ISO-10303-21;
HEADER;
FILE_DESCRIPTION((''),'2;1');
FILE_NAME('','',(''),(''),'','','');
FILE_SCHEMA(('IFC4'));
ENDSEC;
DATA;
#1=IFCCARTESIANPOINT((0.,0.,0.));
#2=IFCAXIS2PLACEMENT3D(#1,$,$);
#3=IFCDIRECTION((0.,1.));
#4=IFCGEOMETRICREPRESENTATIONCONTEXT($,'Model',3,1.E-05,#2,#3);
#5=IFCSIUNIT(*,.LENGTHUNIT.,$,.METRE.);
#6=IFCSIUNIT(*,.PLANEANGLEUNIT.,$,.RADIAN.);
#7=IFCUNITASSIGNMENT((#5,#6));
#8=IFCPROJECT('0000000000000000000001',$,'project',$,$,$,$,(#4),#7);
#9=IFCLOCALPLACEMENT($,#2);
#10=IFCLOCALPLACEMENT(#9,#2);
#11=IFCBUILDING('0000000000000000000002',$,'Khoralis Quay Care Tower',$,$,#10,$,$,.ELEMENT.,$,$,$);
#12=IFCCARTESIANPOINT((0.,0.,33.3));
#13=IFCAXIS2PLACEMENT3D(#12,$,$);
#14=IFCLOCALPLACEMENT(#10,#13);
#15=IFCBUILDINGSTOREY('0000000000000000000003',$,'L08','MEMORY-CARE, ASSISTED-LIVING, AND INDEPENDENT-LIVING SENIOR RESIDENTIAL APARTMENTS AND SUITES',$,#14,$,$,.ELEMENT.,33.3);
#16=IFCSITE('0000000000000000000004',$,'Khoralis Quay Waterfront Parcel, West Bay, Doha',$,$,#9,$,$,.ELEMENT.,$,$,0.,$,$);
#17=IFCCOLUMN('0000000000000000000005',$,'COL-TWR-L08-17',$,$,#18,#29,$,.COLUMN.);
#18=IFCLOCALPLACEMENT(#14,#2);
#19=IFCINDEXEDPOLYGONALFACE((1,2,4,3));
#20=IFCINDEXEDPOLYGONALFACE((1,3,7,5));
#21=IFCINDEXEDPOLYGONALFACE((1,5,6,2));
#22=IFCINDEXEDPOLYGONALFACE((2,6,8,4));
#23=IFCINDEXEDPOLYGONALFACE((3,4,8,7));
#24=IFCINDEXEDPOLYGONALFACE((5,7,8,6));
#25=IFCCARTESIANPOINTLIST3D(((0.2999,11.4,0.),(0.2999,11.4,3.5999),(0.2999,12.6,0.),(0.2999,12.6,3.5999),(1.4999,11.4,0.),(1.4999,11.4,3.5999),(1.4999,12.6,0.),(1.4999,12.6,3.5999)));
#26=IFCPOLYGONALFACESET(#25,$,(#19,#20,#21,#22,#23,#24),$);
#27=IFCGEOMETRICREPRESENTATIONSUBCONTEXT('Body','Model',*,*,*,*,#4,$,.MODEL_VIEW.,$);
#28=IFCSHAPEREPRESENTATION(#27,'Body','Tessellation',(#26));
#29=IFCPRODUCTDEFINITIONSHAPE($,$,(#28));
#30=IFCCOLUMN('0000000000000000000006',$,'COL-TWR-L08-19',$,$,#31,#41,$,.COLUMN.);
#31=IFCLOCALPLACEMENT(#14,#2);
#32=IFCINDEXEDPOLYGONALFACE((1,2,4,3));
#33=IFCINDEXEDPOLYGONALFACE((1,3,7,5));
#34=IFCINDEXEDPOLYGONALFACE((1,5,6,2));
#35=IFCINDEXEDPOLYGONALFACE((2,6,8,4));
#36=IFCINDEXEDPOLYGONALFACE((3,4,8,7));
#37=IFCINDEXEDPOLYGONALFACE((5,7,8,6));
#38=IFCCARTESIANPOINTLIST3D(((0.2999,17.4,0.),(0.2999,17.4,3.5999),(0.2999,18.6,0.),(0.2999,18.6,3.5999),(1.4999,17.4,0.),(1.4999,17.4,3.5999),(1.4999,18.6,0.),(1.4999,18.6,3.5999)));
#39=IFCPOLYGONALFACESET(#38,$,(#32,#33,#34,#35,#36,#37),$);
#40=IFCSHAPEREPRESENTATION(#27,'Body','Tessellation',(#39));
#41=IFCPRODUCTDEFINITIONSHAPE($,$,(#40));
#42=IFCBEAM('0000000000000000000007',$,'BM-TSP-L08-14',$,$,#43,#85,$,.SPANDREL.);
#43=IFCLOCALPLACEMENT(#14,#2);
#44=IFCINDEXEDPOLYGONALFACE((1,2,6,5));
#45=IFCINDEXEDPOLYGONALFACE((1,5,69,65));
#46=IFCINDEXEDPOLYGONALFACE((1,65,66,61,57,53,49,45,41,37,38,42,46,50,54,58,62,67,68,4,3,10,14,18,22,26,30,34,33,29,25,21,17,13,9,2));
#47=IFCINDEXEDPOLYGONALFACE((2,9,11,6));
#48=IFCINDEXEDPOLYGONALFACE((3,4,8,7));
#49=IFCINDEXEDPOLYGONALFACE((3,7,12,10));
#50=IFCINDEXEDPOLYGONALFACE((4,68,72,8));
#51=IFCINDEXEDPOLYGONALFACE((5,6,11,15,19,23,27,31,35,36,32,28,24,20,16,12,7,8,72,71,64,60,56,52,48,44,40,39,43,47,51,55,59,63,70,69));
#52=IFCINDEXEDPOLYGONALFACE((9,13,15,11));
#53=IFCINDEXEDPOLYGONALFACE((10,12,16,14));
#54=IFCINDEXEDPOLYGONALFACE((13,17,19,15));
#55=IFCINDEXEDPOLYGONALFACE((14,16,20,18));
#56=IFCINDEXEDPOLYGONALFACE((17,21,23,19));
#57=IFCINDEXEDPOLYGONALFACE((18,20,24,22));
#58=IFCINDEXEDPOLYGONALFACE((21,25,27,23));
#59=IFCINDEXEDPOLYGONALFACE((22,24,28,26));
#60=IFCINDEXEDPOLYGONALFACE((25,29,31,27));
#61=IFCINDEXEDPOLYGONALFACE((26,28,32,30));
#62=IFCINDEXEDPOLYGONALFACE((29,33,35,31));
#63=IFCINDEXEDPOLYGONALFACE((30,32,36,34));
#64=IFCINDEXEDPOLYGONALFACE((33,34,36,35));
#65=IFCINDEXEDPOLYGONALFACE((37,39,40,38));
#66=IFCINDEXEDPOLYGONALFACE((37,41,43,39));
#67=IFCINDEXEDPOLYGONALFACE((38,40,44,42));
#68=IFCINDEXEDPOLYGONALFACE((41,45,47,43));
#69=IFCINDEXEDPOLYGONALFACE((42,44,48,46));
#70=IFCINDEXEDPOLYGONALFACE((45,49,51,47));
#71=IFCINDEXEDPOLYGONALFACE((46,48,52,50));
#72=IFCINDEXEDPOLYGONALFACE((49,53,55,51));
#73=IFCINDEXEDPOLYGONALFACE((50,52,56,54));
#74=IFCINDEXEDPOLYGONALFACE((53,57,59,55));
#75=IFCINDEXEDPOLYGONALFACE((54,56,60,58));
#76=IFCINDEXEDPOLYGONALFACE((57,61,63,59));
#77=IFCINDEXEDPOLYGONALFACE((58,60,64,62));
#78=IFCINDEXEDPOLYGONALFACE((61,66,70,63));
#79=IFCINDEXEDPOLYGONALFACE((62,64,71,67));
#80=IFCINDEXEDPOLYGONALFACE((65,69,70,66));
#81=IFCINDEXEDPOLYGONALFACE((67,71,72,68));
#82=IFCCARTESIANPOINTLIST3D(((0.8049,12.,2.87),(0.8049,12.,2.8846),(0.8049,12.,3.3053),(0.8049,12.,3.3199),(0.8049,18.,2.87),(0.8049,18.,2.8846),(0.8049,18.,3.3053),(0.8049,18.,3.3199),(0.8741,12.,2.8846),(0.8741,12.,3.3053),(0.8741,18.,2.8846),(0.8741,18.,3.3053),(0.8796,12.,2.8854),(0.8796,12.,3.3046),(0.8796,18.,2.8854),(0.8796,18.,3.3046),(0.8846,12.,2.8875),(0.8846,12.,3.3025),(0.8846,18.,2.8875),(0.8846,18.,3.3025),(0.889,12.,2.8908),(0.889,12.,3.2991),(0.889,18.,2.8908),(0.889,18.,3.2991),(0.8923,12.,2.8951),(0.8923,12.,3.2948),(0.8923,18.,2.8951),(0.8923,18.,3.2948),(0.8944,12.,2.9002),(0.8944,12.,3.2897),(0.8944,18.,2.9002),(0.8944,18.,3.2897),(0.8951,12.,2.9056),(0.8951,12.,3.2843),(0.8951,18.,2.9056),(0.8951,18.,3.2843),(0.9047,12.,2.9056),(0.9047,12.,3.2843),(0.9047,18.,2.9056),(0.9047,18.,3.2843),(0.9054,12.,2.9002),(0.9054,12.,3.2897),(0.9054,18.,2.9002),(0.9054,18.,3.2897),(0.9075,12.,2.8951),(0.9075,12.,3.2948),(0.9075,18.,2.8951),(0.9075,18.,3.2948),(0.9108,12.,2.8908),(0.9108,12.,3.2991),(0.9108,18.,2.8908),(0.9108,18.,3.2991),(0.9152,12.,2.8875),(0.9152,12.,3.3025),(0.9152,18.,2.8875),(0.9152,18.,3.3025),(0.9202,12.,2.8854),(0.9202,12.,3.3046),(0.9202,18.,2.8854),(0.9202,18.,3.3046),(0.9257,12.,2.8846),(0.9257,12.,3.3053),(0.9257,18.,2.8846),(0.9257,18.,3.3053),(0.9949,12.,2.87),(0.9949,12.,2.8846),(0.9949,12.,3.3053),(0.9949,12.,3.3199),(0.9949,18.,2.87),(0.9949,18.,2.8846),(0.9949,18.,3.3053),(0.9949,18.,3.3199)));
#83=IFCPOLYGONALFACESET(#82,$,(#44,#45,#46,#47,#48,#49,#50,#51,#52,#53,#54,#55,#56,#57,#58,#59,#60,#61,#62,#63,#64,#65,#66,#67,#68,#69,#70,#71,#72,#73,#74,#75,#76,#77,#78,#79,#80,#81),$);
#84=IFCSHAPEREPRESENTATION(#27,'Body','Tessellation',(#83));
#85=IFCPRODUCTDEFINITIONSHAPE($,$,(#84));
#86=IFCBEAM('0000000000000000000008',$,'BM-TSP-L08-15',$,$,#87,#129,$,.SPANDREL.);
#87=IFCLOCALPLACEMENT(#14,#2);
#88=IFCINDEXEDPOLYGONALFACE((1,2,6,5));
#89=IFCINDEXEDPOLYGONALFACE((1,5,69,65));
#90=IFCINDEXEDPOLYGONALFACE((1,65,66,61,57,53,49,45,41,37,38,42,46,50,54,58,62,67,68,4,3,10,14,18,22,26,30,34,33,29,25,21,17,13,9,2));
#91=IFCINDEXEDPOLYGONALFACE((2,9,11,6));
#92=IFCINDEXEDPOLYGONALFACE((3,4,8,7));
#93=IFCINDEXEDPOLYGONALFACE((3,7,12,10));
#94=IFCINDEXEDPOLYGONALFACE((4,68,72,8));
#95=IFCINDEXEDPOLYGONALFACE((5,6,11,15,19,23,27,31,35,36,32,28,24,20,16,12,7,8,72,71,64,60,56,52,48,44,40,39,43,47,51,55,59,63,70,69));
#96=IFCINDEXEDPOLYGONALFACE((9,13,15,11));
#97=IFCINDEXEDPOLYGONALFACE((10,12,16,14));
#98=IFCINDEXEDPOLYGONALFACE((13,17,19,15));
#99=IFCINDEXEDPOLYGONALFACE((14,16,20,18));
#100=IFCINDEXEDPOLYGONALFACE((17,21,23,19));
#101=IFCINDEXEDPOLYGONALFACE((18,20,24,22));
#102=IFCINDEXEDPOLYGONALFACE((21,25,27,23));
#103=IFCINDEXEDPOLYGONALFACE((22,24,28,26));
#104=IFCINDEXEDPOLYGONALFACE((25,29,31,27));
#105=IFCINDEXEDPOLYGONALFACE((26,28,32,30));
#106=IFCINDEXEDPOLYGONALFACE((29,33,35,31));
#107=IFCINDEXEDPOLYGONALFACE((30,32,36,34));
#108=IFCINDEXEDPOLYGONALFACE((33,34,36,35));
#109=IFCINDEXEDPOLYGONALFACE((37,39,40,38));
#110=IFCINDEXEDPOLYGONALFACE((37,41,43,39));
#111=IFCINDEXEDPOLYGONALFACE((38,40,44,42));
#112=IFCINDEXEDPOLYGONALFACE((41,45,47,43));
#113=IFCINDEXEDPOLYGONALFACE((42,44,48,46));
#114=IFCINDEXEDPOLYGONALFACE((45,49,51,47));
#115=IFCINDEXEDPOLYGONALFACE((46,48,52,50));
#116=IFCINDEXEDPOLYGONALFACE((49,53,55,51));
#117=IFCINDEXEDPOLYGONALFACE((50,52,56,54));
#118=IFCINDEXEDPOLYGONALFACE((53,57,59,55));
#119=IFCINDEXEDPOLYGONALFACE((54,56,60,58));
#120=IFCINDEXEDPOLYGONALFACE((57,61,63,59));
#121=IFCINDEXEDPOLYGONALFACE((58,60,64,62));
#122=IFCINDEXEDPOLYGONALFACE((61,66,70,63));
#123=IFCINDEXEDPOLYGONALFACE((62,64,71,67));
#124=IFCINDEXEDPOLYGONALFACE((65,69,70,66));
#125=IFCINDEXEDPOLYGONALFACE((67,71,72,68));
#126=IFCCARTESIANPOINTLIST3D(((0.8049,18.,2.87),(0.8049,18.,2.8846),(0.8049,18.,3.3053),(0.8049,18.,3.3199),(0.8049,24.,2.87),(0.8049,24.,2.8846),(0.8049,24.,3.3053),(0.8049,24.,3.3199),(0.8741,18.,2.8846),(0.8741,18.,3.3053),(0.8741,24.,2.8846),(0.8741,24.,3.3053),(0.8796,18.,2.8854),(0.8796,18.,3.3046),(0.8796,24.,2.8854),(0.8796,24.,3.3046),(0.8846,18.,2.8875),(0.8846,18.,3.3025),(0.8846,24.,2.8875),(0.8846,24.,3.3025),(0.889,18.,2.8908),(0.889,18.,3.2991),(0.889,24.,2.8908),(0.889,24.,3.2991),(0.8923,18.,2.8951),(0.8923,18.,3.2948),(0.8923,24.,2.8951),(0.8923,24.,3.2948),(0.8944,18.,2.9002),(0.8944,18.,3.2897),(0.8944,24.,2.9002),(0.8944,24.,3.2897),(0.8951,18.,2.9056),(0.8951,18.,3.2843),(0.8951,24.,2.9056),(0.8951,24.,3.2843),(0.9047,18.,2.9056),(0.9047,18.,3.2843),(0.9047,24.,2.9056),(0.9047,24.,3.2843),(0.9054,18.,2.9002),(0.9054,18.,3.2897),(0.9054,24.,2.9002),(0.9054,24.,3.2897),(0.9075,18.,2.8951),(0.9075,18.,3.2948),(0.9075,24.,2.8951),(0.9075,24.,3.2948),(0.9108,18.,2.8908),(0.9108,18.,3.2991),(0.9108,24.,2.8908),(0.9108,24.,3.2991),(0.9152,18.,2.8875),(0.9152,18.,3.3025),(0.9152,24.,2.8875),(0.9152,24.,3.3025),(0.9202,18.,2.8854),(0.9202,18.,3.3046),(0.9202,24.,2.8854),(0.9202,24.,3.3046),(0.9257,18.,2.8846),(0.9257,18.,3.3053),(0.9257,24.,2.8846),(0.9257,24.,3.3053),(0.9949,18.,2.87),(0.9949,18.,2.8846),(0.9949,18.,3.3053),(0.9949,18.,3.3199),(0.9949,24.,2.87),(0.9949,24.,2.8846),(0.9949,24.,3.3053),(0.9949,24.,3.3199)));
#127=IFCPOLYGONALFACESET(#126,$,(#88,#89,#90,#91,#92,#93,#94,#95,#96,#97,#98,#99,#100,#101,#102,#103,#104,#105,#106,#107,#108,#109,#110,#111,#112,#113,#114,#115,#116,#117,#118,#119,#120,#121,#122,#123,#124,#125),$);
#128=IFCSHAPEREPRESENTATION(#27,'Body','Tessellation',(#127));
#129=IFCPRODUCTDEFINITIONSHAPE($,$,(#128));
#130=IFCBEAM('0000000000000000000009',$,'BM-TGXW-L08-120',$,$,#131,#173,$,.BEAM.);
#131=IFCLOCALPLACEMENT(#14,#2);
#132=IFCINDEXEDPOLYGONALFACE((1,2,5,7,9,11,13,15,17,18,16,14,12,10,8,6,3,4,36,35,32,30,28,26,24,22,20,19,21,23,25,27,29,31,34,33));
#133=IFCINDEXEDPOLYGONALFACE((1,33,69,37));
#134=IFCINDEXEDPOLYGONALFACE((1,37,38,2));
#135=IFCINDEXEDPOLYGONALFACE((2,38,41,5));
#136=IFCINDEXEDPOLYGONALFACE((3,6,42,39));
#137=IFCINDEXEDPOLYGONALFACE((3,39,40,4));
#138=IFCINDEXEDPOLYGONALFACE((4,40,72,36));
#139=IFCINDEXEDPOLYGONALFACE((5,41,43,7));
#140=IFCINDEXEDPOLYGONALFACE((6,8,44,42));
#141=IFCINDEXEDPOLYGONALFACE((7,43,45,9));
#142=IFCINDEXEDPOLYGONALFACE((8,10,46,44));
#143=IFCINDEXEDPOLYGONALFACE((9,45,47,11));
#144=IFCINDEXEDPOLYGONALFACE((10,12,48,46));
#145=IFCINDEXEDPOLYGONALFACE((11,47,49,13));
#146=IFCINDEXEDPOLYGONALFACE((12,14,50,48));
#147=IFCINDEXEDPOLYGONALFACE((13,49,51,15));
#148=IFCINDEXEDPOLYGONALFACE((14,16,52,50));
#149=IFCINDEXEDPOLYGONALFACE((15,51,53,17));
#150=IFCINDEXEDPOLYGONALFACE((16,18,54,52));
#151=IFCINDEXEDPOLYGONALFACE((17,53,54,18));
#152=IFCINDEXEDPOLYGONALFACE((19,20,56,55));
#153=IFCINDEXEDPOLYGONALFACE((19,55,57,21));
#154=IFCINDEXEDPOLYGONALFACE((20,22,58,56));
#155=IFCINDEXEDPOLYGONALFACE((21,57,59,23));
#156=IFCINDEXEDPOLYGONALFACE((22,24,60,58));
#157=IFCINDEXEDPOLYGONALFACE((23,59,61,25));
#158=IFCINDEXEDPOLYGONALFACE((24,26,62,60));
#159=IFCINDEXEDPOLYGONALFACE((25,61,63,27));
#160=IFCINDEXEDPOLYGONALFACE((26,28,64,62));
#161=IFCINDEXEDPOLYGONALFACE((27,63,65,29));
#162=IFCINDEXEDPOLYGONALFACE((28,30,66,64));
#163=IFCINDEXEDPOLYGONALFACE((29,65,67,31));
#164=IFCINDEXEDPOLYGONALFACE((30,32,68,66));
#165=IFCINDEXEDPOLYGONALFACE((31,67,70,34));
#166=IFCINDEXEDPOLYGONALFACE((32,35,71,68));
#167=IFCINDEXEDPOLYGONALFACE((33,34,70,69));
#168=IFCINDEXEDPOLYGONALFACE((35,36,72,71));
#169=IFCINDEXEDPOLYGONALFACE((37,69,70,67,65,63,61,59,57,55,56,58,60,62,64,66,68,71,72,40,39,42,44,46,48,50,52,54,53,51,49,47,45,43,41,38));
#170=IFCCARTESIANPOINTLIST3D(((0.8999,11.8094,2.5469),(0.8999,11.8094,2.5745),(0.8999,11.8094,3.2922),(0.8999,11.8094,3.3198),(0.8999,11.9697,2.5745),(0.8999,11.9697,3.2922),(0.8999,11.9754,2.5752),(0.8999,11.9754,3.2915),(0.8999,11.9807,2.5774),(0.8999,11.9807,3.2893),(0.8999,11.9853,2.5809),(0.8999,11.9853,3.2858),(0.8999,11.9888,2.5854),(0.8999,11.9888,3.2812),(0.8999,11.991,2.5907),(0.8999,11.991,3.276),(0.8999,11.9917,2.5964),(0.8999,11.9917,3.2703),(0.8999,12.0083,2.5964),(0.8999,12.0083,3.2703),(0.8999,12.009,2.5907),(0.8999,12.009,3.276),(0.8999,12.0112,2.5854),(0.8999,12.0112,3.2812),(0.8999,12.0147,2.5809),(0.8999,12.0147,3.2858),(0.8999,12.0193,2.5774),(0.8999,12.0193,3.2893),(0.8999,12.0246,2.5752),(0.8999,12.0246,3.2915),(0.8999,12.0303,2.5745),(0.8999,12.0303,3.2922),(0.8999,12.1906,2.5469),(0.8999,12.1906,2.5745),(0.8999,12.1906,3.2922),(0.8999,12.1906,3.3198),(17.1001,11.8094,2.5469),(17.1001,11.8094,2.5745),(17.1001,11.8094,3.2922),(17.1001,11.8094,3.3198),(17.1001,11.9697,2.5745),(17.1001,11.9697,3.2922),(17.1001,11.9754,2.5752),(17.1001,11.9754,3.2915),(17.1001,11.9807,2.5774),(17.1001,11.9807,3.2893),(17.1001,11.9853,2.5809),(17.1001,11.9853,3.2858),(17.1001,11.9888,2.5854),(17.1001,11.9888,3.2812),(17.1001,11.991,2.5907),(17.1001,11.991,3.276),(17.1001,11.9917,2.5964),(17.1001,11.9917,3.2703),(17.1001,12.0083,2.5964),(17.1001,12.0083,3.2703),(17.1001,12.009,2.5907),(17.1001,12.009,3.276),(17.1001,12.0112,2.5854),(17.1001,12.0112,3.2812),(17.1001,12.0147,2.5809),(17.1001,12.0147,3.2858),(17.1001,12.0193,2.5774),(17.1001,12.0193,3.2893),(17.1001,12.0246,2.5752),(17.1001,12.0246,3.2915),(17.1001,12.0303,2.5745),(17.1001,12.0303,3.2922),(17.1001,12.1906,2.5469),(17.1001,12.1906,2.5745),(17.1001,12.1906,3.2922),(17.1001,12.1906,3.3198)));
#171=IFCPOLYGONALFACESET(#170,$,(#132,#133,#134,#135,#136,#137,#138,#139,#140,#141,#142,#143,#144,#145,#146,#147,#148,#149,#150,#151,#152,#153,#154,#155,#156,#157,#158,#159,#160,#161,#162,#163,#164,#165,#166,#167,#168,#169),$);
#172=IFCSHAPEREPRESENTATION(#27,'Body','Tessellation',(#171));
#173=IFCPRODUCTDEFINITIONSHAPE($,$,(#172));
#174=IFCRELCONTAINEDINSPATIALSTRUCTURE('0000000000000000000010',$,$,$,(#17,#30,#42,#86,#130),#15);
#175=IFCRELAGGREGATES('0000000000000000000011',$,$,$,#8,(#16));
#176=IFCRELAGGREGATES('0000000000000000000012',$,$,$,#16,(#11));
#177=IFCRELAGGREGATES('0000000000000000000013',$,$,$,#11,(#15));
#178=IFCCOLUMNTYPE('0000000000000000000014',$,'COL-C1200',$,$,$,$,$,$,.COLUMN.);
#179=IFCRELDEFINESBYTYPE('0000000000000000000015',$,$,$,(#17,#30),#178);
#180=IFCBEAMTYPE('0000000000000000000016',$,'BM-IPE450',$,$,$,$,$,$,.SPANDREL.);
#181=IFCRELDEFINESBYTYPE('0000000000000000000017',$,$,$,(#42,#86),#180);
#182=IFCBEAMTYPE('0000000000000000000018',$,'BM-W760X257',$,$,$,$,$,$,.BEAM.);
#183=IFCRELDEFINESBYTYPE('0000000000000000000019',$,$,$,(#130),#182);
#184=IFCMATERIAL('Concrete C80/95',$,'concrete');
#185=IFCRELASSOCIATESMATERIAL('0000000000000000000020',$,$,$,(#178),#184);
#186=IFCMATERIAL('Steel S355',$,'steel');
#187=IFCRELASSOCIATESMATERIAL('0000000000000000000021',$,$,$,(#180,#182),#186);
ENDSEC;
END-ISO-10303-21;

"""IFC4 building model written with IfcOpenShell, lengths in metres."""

from ifc_helpers import new_model, si_unit, direction, frame, origin, origin_2d, place, context, subcontext, project, spatial, rectangle, i_section, extrude, source, transform, mapped, material, material_profile, profile_set, type_object, element, save


model = new_model("IFC4")

# Units and contexts
model_context = context("Model", 3, precision=1e-05, world=origin(), true_north=direction((0.0, 1.0)))
body_context = subcontext(model_context, "Body", "Model", "MODEL_VIEW")
ifc_project = project(units=[si_unit("LENGTHUNIT", "METRE"), si_unit("PLANEANGLEUNIT", "RADIAN")], contexts=[model_context])

# Site, building, storey
site_placement = place(None, origin())
site = spatial("IfcSite", under=ifc_project, at=site_placement, Name="Khoralis Quay Waterfront Parcel, West Bay, Doha", CompositionType="ELEMENT", RefElevation=0.0)
building_placement = place(site_placement, origin())
building = spatial("IfcBuilding", under=site, at=building_placement, Name="Khoralis Quay Care Tower", CompositionType="ELEMENT")
storey_placement = place(building_placement, frame((0.0, 0.0, 33.3)))
storey = spatial("IfcBuildingStorey", under=building, at=storey_placement, Name="L08", Description="MEMORY-CARE, ASSISTED-LIVING, AND INDEPENDENT-LIVING SENIOR RESIDENTIAL APARTMENTS AND SUITES", CompositionType="ELEMENT", Elevation=33.3)

# Columns
ifc_material_1 = material(Name="Concrete C80/95", Category="concrete")
ifc_material_profile_1 = material_profile(ifc_material_1, rectangle(XDim=1.2, YDim=1.2, at=origin_2d()), Name="Concrete C80/95")
ifc_profile_set_1 = profile_set([ifc_material_profile_1], Name="Concrete C80/95")
column_type = type_object("IfcColumnType", Name="COL-C1200", PredefinedType="COLUMN", material=ifc_profile_set_1)
shared_shape_1 = source(origin(), body_context, "Body", "SweptSolid", [
    extrude(rectangle(XDim=1.2, YDim=1.2, at=origin_2d()), origin(), (0.0, 0.0, 1.0), 3.5999),
])
for number, where, z_axis, x_axis, name in (
    (1, (0.8999, 12.0, 0.0), (0.0, 0.0, 1.0), (1.0, 0.0, 0.0), "COL-TWR-L08-17"),
    (2, (0.8999, 18.0, 0.0), (0.0, 0.0, 1.0), (1.0, 0.0, 0.0), "COL-TWR-L08-19"),
):
    element("IfcColumn", number, at=place(storey_placement, frame(where, z_axis=z_axis, x_axis=x_axis)), inside=storey, type_object=column_type, Name=name, PredefinedType="COLUMN", context=body_context, shape_type="MappedRepresentation", body=[
        mapped(shared_shape_1, transform((0.0, 0.0, 0.0), scale=1.0)),
    ])

# Beams
ifc_material_2 = material(Name="Steel S355", Category="steel")
ifc_material_profile_2 = material_profile(ifc_material_2, i_section(OverallWidth=0.1899, OverallDepth=0.45, WebThickness=0.0095, FlangeThickness=0.0146, FilletRadius=0.021, at=origin_2d()), Name="Steel S355")
ifc_profile_set_2 = profile_set([ifc_material_profile_2], Name="Steel S355")
beam_type_1 = type_object("IfcBeamType", Name="BM-IPE450", PredefinedType="SPANDREL", material=ifc_profile_set_2)
shared_shape_2 = source(origin(), body_context, "Body", "SweptSolid", [
    extrude(i_section(OverallWidth=0.1899, OverallDepth=0.45, WebThickness=0.0095, FlangeThickness=0.0146, FilletRadius=0.021, at=origin_2d()), origin(), (0.0, 0.0, 1.0), 6.0),
])
for number, where, z_axis, x_axis, name in (
    (3, (0.8999, 12.0, 3.095), (0.0, 1.0, 0.0), (-1.0, 0.0, 0.0), "BM-TSP-L08-14"),
    (4, (0.8999, 18.0, 3.095), (0.0, 1.0, 0.0), (-1.0, 0.0, 0.0), "BM-TSP-L08-15"),
):
    element("IfcBeam", number, at=place(storey_placement, frame(where, z_axis=z_axis, x_axis=x_axis)), inside=storey, type_object=beam_type_1, Name=name, PredefinedType="SPANDREL", context=body_context, shape_type="MappedRepresentation", body=[
        mapped(shared_shape_2, transform((0.0, 0.0, 0.0), scale=1.0)),
    ])
ifc_material_profile_3 = material_profile(ifc_material_2, i_section(OverallWidth=0.3811, OverallDepth=0.7729, WebThickness=0.0166, FlangeThickness=0.0276, FilletRadius=0.022, at=origin_2d()), Name="Steel S355")
ifc_profile_set_3 = profile_set([ifc_material_profile_3], Name="Steel S355")
beam_type_2 = type_object("IfcBeamType", Name="BM-W760X257", PredefinedType="BEAM", material=ifc_profile_set_3)
shared_shape_3 = source(origin(), body_context, "Body", "SweptSolid", [
    extrude(i_section(OverallWidth=0.3811, OverallDepth=0.7729, WebThickness=0.0166, FlangeThickness=0.0276, FilletRadius=0.022, at=origin_2d()), origin(), (0.0, 0.0, 1.0), 16.2002),
])
beam_1_placement = place(storey_placement, frame((0.8999, 12.0, 2.9333), z_axis=(1.0, 0.0, 0.0), x_axis=(0.0, 1.0, 0.0)))
element("IfcBeam", 5, at=beam_1_placement, inside=storey, type_object=beam_type_2, Name="BM-TGXW-L08-120", PredefinedType="BEAM", context=body_context, shape_type="MappedRepresentation", body=[
    mapped(shared_shape_3, transform((0.0, 0.0, 0.0), scale=1.0)),
])

save(model, "model.ifc")
